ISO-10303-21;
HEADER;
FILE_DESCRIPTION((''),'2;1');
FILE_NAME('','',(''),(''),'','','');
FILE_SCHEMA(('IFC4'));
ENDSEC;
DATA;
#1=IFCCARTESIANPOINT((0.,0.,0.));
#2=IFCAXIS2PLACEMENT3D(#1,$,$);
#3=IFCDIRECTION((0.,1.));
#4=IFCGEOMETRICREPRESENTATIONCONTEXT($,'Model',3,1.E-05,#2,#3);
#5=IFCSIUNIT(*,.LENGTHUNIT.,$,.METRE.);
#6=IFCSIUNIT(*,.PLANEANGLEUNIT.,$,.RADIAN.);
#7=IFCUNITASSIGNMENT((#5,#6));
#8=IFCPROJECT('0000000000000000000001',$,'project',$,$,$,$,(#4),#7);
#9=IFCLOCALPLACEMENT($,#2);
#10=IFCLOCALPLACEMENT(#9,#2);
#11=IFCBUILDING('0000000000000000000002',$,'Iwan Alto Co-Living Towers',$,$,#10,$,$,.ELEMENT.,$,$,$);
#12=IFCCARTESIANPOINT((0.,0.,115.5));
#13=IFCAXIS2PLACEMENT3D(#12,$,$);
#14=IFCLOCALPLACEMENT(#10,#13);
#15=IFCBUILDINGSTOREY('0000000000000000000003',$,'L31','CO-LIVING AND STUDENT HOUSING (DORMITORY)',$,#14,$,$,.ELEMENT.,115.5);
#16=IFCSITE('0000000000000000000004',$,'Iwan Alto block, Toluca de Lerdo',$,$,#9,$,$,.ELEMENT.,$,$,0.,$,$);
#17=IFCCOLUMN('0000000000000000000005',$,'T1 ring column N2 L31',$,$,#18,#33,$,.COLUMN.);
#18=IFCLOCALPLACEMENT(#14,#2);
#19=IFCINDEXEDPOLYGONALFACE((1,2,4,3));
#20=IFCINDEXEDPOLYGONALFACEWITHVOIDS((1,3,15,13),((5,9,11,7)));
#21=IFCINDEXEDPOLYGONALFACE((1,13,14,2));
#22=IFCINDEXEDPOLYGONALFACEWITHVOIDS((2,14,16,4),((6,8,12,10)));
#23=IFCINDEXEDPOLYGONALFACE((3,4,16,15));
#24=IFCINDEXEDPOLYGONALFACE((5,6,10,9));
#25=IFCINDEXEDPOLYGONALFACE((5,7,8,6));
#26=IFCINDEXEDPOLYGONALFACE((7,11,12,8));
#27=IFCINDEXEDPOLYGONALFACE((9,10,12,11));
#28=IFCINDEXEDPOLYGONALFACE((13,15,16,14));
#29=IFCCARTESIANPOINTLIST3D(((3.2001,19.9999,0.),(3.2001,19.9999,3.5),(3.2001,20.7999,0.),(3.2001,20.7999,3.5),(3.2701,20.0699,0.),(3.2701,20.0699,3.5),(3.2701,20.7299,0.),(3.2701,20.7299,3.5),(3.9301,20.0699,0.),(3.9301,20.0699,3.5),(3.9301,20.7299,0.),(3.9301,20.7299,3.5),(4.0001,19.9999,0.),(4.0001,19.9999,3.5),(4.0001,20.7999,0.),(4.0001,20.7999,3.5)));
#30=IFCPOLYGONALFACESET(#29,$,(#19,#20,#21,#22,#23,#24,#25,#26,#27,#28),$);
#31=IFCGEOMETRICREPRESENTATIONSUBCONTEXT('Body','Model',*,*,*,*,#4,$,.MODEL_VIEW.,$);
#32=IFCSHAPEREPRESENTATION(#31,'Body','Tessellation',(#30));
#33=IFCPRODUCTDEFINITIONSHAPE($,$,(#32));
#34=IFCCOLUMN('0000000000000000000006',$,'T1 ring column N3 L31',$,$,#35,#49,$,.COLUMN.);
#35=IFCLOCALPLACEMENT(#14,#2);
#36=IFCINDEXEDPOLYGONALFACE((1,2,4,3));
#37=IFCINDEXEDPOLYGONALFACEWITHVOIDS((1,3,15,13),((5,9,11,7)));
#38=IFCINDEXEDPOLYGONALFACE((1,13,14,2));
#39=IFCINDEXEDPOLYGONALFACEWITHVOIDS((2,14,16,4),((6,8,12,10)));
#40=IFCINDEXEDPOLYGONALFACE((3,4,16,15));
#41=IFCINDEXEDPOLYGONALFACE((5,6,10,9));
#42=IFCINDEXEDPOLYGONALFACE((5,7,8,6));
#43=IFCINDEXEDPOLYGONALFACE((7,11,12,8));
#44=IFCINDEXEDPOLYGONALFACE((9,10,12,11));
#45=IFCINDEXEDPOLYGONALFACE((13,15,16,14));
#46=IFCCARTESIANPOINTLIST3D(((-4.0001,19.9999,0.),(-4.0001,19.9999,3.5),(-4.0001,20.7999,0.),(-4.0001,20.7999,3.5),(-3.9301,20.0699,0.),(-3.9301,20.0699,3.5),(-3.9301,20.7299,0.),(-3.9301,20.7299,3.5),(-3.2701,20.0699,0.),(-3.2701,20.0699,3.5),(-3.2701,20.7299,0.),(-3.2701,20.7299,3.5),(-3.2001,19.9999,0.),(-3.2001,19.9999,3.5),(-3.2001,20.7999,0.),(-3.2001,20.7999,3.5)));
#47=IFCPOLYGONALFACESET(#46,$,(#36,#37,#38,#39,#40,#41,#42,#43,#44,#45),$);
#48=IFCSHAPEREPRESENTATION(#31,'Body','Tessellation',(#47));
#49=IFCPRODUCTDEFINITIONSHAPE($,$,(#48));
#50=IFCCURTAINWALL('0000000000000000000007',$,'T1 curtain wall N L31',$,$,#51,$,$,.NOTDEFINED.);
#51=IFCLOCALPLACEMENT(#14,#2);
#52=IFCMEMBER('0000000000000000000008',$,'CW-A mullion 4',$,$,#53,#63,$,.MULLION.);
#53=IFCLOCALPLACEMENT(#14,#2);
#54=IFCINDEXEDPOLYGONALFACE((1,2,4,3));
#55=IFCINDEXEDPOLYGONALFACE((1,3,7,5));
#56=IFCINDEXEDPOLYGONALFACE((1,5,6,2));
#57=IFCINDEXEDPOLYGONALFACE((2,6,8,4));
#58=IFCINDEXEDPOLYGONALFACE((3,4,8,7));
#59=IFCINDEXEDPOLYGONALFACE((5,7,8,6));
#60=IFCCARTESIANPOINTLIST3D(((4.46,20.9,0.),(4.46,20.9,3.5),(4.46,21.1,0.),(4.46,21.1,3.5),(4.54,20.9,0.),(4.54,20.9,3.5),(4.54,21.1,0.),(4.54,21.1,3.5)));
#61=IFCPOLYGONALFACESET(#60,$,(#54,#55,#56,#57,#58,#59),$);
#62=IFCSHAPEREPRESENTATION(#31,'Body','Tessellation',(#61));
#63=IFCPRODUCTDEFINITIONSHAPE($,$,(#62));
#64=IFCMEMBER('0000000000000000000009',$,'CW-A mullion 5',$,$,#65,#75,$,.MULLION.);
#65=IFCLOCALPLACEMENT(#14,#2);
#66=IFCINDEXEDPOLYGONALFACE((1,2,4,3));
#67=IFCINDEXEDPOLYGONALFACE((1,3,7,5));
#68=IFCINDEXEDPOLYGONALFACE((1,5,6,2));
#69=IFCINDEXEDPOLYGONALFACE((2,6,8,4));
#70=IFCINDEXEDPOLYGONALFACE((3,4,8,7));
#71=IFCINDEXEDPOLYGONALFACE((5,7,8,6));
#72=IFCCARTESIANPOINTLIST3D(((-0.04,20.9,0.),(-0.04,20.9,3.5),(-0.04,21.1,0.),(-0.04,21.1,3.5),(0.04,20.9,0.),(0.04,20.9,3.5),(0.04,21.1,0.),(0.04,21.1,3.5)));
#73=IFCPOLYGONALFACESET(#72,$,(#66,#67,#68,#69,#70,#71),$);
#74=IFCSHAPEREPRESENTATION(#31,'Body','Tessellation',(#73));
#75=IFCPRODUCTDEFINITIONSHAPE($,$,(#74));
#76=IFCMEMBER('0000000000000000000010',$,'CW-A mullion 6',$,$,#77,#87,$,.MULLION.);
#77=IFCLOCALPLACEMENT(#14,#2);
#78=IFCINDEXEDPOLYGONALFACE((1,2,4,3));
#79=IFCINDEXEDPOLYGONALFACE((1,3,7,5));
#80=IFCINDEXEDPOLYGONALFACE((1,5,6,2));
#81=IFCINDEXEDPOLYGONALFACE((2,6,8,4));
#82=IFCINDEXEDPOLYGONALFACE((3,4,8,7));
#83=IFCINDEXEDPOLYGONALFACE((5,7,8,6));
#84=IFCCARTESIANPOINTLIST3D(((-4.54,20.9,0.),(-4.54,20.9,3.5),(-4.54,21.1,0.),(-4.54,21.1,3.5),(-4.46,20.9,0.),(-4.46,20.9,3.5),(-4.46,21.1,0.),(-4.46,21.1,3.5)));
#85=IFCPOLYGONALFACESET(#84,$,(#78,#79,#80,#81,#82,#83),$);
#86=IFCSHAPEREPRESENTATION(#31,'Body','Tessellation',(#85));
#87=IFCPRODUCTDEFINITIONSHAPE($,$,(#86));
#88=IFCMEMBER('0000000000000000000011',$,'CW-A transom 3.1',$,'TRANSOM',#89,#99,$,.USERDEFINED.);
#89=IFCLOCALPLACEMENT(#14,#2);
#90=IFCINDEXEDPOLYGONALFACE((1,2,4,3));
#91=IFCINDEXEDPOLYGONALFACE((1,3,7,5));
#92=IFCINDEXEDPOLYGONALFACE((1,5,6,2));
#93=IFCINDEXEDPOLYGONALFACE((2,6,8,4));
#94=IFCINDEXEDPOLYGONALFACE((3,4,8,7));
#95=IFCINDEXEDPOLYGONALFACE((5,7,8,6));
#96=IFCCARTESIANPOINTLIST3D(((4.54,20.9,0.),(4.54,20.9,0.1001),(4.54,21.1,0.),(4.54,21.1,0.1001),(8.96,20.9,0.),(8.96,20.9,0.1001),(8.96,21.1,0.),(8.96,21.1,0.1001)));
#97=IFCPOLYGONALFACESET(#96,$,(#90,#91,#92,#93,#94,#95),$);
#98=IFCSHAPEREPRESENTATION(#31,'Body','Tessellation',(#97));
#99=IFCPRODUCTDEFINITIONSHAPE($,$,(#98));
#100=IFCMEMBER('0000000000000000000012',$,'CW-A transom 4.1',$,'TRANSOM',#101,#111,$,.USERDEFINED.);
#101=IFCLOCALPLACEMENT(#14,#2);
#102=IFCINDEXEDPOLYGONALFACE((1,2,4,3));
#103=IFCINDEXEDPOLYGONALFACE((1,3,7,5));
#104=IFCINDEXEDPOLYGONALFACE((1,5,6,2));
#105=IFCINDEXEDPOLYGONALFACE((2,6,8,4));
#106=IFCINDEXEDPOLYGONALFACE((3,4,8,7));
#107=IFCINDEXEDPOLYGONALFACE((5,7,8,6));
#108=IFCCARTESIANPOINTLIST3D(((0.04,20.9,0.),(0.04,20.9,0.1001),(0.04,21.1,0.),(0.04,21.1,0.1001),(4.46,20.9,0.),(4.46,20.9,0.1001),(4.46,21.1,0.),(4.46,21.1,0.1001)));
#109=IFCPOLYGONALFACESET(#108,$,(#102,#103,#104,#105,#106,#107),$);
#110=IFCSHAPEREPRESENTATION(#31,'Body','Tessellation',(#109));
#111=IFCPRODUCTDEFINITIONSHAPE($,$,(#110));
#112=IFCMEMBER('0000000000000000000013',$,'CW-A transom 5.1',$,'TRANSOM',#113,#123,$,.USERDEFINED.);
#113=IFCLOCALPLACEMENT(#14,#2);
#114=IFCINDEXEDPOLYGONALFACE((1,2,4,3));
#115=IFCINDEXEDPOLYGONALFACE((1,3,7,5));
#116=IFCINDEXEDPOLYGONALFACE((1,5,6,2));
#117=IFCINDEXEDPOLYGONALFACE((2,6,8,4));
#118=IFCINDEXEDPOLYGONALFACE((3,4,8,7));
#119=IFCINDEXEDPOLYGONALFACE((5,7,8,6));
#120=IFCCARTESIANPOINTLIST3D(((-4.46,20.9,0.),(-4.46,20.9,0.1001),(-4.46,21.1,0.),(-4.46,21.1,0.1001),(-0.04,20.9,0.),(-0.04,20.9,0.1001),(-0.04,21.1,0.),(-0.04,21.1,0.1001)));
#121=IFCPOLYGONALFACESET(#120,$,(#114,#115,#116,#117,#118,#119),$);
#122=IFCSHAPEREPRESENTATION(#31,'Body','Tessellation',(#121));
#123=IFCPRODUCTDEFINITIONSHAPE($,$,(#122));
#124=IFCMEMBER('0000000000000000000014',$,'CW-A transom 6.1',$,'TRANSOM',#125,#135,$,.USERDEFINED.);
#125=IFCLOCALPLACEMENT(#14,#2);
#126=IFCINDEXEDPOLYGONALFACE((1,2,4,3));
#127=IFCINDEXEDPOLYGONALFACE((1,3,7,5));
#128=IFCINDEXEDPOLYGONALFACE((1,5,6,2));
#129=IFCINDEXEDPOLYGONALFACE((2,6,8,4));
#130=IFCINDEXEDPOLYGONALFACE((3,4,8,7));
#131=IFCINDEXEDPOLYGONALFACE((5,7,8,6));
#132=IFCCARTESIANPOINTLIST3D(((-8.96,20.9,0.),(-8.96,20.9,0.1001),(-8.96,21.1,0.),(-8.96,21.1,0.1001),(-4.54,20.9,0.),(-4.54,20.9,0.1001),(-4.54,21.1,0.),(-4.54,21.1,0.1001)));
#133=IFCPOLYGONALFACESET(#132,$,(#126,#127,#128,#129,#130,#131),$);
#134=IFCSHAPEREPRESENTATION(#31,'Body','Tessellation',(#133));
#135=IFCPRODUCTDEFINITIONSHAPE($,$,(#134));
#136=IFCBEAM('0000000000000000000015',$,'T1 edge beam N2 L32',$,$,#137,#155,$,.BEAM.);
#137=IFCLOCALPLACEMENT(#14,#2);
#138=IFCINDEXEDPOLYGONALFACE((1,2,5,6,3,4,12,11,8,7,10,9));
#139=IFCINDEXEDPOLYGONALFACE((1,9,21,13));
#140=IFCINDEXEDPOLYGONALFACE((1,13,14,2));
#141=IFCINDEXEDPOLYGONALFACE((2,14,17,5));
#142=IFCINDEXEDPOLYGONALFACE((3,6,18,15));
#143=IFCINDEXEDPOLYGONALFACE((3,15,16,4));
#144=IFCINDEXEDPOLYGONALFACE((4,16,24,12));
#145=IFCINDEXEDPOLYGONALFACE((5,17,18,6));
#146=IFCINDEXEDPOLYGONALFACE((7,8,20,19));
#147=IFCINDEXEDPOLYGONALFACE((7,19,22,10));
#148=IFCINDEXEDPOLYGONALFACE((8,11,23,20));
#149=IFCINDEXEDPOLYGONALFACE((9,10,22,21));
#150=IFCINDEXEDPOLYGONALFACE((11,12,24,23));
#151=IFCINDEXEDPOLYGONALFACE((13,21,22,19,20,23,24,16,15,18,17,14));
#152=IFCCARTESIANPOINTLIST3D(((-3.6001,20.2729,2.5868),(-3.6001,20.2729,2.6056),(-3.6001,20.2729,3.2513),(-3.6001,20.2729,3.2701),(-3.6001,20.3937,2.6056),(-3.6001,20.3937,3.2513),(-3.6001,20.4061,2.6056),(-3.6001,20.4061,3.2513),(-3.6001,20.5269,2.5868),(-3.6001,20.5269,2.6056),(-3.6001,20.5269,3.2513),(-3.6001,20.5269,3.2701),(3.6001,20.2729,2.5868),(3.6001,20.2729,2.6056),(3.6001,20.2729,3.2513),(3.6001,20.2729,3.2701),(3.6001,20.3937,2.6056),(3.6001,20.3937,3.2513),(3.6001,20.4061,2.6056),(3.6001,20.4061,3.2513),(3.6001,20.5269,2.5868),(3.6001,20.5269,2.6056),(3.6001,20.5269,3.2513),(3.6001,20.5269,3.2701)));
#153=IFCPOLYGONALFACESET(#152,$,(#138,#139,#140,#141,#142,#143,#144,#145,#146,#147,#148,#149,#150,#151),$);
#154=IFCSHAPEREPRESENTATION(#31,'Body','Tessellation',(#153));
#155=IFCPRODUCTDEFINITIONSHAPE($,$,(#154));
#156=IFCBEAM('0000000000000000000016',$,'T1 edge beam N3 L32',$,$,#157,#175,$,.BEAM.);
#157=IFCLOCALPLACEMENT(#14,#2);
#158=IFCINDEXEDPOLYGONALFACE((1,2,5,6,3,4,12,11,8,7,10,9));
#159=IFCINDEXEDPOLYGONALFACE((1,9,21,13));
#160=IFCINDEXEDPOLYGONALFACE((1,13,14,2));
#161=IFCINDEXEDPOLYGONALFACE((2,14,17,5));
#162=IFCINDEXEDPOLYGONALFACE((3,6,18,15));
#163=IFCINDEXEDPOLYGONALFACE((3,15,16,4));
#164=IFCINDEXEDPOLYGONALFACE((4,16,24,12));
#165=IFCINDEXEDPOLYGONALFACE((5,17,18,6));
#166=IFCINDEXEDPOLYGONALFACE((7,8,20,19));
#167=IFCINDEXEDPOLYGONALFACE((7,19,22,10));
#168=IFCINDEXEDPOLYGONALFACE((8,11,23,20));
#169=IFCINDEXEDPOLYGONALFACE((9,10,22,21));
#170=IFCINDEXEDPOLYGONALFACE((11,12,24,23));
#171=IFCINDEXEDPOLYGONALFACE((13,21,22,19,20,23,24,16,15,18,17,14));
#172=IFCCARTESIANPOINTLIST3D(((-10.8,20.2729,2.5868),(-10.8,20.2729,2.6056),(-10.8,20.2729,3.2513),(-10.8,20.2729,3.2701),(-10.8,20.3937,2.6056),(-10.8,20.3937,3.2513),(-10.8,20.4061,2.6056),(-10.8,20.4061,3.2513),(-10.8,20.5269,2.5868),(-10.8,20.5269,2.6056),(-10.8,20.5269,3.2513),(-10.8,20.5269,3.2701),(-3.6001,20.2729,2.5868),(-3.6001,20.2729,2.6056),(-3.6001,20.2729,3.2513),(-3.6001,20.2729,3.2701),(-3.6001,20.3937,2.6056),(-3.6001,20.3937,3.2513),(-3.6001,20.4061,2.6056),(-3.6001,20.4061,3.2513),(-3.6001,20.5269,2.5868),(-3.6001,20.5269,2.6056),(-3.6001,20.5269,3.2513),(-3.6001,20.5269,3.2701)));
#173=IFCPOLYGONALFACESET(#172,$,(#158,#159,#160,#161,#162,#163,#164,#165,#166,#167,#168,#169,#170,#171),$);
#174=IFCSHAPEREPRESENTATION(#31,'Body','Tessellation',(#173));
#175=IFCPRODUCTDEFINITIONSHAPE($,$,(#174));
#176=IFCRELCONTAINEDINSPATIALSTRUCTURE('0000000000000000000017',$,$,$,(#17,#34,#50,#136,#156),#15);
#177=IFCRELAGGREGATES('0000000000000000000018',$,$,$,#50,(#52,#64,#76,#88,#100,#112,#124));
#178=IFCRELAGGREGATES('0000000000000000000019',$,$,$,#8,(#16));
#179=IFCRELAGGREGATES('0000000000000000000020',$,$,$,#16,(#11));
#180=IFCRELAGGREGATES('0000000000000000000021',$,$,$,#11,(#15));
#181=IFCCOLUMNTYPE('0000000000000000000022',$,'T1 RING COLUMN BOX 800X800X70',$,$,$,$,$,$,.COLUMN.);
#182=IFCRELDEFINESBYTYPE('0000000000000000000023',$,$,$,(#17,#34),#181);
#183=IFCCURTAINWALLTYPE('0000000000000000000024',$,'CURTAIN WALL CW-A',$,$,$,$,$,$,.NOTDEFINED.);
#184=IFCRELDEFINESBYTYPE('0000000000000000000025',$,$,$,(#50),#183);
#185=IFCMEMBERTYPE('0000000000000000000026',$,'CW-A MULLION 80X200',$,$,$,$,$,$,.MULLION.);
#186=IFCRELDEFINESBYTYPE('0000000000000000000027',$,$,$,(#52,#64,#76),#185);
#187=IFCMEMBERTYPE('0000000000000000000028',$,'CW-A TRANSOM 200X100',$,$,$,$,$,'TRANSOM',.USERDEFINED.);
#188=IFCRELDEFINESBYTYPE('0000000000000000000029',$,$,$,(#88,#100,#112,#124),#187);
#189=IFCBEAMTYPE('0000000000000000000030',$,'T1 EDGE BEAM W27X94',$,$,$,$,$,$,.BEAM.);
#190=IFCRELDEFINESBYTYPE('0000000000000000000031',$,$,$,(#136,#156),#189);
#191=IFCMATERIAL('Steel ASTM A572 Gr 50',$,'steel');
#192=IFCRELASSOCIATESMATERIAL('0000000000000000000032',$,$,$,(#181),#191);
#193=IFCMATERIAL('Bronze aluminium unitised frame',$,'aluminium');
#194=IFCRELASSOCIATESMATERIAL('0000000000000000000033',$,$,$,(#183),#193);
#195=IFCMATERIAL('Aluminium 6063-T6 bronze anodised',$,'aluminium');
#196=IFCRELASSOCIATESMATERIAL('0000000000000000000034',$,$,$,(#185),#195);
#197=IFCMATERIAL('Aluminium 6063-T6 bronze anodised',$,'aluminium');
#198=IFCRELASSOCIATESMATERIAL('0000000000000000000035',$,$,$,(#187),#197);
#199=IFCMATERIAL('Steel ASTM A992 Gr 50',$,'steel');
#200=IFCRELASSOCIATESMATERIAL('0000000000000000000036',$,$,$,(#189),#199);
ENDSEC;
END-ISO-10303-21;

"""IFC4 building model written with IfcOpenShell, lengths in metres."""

from ifc_helpers import new_model, si_unit, direction, frame, origin, origin_2d, place, context, subcontext, project, spatial, rectangle, hollow_rectangle, i_section, extrude, material, material_profile, profile_set, type_object, element, aggregate, save


model = new_model("IFC4")

# Units and contexts
model_context = context("Model", 3, precision=1e-05, world=origin(), true_north=direction((0.0, 1.0)))
body_context = subcontext(model_context, "Body", "Model", "MODEL_VIEW")
ifc_project = project(units=[si_unit("LENGTHUNIT", "METRE"), si_unit("PLANEANGLEUNIT", "RADIAN")], contexts=[model_context])

# Site, building, storey
site_placement = place(None, origin())
site = spatial("IfcSite", under=ifc_project, at=site_placement, Name="Iwan Alto block, Toluca de Lerdo", CompositionType="ELEMENT", RefElevation=0.0)
building_placement = place(site_placement, origin())
building = spatial("IfcBuilding", under=site, at=building_placement, Name="Iwan Alto Co-Living Towers", CompositionType="ELEMENT")
storey_placement = place(building_placement, frame((0.0, 0.0, 115.5)))
storey = spatial("IfcBuildingStorey", under=building, at=storey_placement, Name="L31", Description="CO-LIVING AND STUDENT HOUSING (DORMITORY)", CompositionType="ELEMENT", Elevation=115.5)

# Columns
ifc_material_1 = material(Name="Steel ASTM A572 Gr 50", Category="steel")
ifc_material_profile_1 = material_profile(ifc_material_1, hollow_rectangle(XDim=0.8, YDim=0.8, WallThickness=0.0701, at=origin_2d()), Name="BOX 800X800X70")
ifc_profile_set_1 = profile_set([ifc_material_profile_1], Name="Steel ASTM A572 Gr 50")
column_type = type_object("IfcColumnType", Name="T1 RING COLUMN BOX 800X800X70", PredefinedType="COLUMN", material=ifc_profile_set_1)
for number, where, z_axis, x_axis, name in (
    (1, (3.6001, 20.3999, 0.0), (0.0, 0.0, 1.0), (1.0, 0.0, 0.0), "T1 ring column N2 L31"),
    (2, (-3.6001, 20.3999, 0.0), (0.0, 0.0, 1.0), (1.0, 0.0, 0.0), "T1 ring column N3 L31"),
):
    element("IfcColumn", number, at=place(storey_placement, frame(where, z_axis=z_axis, x_axis=x_axis)), inside=storey, type_object=column_type, Name=name, PredefinedType="COLUMN", context=body_context, shape_type="SweptSolid", body=[
        extrude(hollow_rectangle(XDim=0.8, YDim=0.8, WallThickness=0.0701, at=origin_2d()), origin(), (0.0, 0.0, 1.0), 3.5),
    ])

# Curtain wall, members
ifc_material_2 = material(Name="Bronze aluminium unitised frame", Category="aluminium")
curtain_wall_type = type_object("IfcCurtainWallType", Name="CURTAIN WALL CW-A", PredefinedType="NOTDEFINED", material=ifc_material_2)
curtain_wall_placement = place(storey_placement, origin())
curtain_wall = element("IfcCurtainWall", 3, at=curtain_wall_placement, inside=storey, type_object=curtain_wall_type, Name="T1 curtain wall N L31", PredefinedType="NOTDEFINED")
ifc_material_3 = material(Name="Aluminium 6063-T6 bronze anodised", Category="aluminium")
ifc_material_profile_2 = material_profile(ifc_material_3, rectangle(XDim=0.2, YDim=0.0801, at=origin_2d()), Name="AL 80X200")
ifc_profile_set_2 = profile_set([ifc_material_profile_2], Name="Aluminium 6063-T6 bronze anodised")
member_type_1 = type_object("IfcMemberType", Name="CW-A MULLION 80X200", PredefinedType="MULLION", material=ifc_profile_set_2)
member_1_placement = place(storey_placement, frame((4.5, 21.0, 0.0), z_axis=(0.0, 0.0, 1.0), x_axis=(0.0, -1.0, 0.0)))
member_1 = element("IfcMember", 4, at=member_1_placement, type_object=member_type_1, Name="CW-A mullion 4", PredefinedType="MULLION", context=body_context, shape_type="SweptSolid", body=[
    extrude(rectangle(XDim=0.2, YDim=0.0801, at=origin_2d()), origin(), (0.0, 0.0, 1.0), 3.5),
])
member_2_placement = place(storey_placement, frame((0.0, 21.0, 0.0), z_axis=(0.0, 0.0, 1.0), x_axis=(0.0, -1.0, 0.0)))
member_2 = element("IfcMember", 5, at=member_2_placement, type_object=member_type_1, Name="CW-A mullion 5", PredefinedType="MULLION", context=body_context, shape_type="SweptSolid", body=[
    extrude(rectangle(XDim=0.2, YDim=0.0801, at=origin_2d()), origin(), (0.0, 0.0, 1.0), 3.5),
])
member_3_placement = place(storey_placement, frame((-4.5, 21.0, 0.0), z_axis=(0.0, 0.0, 1.0), x_axis=(0.0, -1.0, 0.0)))
member_3 = element("IfcMember", 6, at=member_3_placement, type_object=member_type_1, Name="CW-A mullion 6", PredefinedType="MULLION", context=body_context, shape_type="SweptSolid", body=[
    extrude(rectangle(XDim=0.2, YDim=0.0801, at=origin_2d()), origin(), (0.0, 0.0, 1.0), 3.5),
])
ifc_material_4 = material(Name="Aluminium 6063-T6 bronze anodised", Category="aluminium")
ifc_material_profile_3 = material_profile(ifc_material_4, rectangle(XDim=0.2, YDim=0.1001, at=origin_2d()), Name="AL 200X100")
ifc_profile_set_3 = profile_set([ifc_material_profile_3], Name="Aluminium 6063-T6 bronze anodised")
member_type_2 = type_object("IfcMemberType", Name="CW-A TRANSOM 200X100", ElementType="TRANSOM", PredefinedType="USERDEFINED", material=ifc_profile_set_3)
member_4_placement = place(storey_placement, frame((8.96, 21.0, 0.05), z_axis=(-1.0, 0.0, 0.0), x_axis=(0.0, -1.0, 0.0)))
member_4 = element("IfcMember", 7, at=member_4_placement, type_object=member_type_2, Name="CW-A transom 3.1", ObjectType="TRANSOM", PredefinedType="USERDEFINED", context=body_context, shape_type="SweptSolid", body=[
    extrude(rectangle(XDim=0.2, YDim=0.1001, at=origin_2d()), origin(), (0.0, 0.0, 1.0), 4.4199),
])
member_5_placement = place(storey_placement, frame((4.46, 21.0, 0.05), z_axis=(-1.0, 0.0, 0.0), x_axis=(0.0, -1.0, 0.0)))
member_5 = element("IfcMember", 8, at=member_5_placement, type_object=member_type_2, Name="CW-A transom 4.1", ObjectType="TRANSOM", PredefinedType="USERDEFINED", context=body_context, shape_type="SweptSolid", body=[
    extrude(rectangle(XDim=0.2, YDim=0.1001, at=origin_2d()), origin(), (0.0, 0.0, 1.0), 4.4199),
])
member_6_placement = place(storey_placement, frame((-0.04, 21.0, 0.05), z_axis=(-1.0, 0.0, 0.0), x_axis=(0.0, -1.0, 0.0)))
member_6 = element("IfcMember", 9, at=member_6_placement, type_object=member_type_2, Name="CW-A transom 5.1", ObjectType="TRANSOM", PredefinedType="USERDEFINED", context=body_context, shape_type="SweptSolid", body=[
    extrude(rectangle(XDim=0.2, YDim=0.1001, at=origin_2d()), origin(), (0.0, 0.0, 1.0), 4.4199),
])
member_7_placement = place(storey_placement, frame((-4.54, 21.0, 0.05), z_axis=(-1.0, 0.0, 0.0), x_axis=(0.0, -1.0, 0.0)))
member_7 = element("IfcMember", 10, at=member_7_placement, type_object=member_type_2, Name="CW-A transom 6.1", ObjectType="TRANSOM", PredefinedType="USERDEFINED", context=body_context, shape_type="SweptSolid", body=[
    extrude(rectangle(XDim=0.2, YDim=0.1001, at=origin_2d()), origin(), (0.0, 0.0, 1.0), 4.4199),
])

# Beams
ifc_material_5 = material(Name="Steel ASTM A992 Gr 50", Category="steel")
ifc_material_profile_4 = material_profile(ifc_material_5, i_section(OverallWidth=0.2539, OverallDepth=0.6833, WebThickness=0.0125, FlangeThickness=0.0188, at=origin_2d()), Name="W27X94")
ifc_profile_set_4 = profile_set([ifc_material_profile_4], Name="Steel ASTM A992 Gr 50")
beam_type_1 = type_object("IfcBeamType", Name="T1 EDGE BEAM W27X94", PredefinedType="BEAM", material=ifc_profile_set_4)
beam_1_placement = place(storey_placement, frame((3.6001, 20.3999, 2.9285), z_axis=(-1.0, 0.0, 0.0), x_axis=(0.0, -1.0, 0.0)))
element("IfcBeam", 11, at=beam_1_placement, inside=storey, type_object=beam_type_1, Name="T1 edge beam N2 L32", PredefinedType="BEAM", context=body_context, shape_type="SweptSolid", body=[
    extrude(i_section(OverallWidth=0.2539, OverallDepth=0.6833, WebThickness=0.0125, FlangeThickness=0.0188, at=origin_2d()), origin(), (0.0, 0.0, 1.0), 7.2002),
])
beam_2_placement = place(storey_placement, frame((-3.6001, 20.3999, 2.9285), z_axis=(-1.0, 0.0, 0.0), x_axis=(0.0, -1.0, 0.0)))
element("IfcBeam", 12, at=beam_2_placement, inside=storey, type_object=beam_type_1, Name="T1 edge beam N3 L32", PredefinedType="BEAM", context=body_context, shape_type="SweptSolid", body=[
    extrude(i_section(OverallWidth=0.2539, OverallDepth=0.6833, WebThickness=0.0125, FlangeThickness=0.0188, at=origin_2d()), origin(), (0.0, 0.0, 1.0), 7.2),
])

aggregate(curtain_wall, [member_1, member_2, member_3, member_4, member_5, member_6, member_7])

save(model, "model.ifc")
